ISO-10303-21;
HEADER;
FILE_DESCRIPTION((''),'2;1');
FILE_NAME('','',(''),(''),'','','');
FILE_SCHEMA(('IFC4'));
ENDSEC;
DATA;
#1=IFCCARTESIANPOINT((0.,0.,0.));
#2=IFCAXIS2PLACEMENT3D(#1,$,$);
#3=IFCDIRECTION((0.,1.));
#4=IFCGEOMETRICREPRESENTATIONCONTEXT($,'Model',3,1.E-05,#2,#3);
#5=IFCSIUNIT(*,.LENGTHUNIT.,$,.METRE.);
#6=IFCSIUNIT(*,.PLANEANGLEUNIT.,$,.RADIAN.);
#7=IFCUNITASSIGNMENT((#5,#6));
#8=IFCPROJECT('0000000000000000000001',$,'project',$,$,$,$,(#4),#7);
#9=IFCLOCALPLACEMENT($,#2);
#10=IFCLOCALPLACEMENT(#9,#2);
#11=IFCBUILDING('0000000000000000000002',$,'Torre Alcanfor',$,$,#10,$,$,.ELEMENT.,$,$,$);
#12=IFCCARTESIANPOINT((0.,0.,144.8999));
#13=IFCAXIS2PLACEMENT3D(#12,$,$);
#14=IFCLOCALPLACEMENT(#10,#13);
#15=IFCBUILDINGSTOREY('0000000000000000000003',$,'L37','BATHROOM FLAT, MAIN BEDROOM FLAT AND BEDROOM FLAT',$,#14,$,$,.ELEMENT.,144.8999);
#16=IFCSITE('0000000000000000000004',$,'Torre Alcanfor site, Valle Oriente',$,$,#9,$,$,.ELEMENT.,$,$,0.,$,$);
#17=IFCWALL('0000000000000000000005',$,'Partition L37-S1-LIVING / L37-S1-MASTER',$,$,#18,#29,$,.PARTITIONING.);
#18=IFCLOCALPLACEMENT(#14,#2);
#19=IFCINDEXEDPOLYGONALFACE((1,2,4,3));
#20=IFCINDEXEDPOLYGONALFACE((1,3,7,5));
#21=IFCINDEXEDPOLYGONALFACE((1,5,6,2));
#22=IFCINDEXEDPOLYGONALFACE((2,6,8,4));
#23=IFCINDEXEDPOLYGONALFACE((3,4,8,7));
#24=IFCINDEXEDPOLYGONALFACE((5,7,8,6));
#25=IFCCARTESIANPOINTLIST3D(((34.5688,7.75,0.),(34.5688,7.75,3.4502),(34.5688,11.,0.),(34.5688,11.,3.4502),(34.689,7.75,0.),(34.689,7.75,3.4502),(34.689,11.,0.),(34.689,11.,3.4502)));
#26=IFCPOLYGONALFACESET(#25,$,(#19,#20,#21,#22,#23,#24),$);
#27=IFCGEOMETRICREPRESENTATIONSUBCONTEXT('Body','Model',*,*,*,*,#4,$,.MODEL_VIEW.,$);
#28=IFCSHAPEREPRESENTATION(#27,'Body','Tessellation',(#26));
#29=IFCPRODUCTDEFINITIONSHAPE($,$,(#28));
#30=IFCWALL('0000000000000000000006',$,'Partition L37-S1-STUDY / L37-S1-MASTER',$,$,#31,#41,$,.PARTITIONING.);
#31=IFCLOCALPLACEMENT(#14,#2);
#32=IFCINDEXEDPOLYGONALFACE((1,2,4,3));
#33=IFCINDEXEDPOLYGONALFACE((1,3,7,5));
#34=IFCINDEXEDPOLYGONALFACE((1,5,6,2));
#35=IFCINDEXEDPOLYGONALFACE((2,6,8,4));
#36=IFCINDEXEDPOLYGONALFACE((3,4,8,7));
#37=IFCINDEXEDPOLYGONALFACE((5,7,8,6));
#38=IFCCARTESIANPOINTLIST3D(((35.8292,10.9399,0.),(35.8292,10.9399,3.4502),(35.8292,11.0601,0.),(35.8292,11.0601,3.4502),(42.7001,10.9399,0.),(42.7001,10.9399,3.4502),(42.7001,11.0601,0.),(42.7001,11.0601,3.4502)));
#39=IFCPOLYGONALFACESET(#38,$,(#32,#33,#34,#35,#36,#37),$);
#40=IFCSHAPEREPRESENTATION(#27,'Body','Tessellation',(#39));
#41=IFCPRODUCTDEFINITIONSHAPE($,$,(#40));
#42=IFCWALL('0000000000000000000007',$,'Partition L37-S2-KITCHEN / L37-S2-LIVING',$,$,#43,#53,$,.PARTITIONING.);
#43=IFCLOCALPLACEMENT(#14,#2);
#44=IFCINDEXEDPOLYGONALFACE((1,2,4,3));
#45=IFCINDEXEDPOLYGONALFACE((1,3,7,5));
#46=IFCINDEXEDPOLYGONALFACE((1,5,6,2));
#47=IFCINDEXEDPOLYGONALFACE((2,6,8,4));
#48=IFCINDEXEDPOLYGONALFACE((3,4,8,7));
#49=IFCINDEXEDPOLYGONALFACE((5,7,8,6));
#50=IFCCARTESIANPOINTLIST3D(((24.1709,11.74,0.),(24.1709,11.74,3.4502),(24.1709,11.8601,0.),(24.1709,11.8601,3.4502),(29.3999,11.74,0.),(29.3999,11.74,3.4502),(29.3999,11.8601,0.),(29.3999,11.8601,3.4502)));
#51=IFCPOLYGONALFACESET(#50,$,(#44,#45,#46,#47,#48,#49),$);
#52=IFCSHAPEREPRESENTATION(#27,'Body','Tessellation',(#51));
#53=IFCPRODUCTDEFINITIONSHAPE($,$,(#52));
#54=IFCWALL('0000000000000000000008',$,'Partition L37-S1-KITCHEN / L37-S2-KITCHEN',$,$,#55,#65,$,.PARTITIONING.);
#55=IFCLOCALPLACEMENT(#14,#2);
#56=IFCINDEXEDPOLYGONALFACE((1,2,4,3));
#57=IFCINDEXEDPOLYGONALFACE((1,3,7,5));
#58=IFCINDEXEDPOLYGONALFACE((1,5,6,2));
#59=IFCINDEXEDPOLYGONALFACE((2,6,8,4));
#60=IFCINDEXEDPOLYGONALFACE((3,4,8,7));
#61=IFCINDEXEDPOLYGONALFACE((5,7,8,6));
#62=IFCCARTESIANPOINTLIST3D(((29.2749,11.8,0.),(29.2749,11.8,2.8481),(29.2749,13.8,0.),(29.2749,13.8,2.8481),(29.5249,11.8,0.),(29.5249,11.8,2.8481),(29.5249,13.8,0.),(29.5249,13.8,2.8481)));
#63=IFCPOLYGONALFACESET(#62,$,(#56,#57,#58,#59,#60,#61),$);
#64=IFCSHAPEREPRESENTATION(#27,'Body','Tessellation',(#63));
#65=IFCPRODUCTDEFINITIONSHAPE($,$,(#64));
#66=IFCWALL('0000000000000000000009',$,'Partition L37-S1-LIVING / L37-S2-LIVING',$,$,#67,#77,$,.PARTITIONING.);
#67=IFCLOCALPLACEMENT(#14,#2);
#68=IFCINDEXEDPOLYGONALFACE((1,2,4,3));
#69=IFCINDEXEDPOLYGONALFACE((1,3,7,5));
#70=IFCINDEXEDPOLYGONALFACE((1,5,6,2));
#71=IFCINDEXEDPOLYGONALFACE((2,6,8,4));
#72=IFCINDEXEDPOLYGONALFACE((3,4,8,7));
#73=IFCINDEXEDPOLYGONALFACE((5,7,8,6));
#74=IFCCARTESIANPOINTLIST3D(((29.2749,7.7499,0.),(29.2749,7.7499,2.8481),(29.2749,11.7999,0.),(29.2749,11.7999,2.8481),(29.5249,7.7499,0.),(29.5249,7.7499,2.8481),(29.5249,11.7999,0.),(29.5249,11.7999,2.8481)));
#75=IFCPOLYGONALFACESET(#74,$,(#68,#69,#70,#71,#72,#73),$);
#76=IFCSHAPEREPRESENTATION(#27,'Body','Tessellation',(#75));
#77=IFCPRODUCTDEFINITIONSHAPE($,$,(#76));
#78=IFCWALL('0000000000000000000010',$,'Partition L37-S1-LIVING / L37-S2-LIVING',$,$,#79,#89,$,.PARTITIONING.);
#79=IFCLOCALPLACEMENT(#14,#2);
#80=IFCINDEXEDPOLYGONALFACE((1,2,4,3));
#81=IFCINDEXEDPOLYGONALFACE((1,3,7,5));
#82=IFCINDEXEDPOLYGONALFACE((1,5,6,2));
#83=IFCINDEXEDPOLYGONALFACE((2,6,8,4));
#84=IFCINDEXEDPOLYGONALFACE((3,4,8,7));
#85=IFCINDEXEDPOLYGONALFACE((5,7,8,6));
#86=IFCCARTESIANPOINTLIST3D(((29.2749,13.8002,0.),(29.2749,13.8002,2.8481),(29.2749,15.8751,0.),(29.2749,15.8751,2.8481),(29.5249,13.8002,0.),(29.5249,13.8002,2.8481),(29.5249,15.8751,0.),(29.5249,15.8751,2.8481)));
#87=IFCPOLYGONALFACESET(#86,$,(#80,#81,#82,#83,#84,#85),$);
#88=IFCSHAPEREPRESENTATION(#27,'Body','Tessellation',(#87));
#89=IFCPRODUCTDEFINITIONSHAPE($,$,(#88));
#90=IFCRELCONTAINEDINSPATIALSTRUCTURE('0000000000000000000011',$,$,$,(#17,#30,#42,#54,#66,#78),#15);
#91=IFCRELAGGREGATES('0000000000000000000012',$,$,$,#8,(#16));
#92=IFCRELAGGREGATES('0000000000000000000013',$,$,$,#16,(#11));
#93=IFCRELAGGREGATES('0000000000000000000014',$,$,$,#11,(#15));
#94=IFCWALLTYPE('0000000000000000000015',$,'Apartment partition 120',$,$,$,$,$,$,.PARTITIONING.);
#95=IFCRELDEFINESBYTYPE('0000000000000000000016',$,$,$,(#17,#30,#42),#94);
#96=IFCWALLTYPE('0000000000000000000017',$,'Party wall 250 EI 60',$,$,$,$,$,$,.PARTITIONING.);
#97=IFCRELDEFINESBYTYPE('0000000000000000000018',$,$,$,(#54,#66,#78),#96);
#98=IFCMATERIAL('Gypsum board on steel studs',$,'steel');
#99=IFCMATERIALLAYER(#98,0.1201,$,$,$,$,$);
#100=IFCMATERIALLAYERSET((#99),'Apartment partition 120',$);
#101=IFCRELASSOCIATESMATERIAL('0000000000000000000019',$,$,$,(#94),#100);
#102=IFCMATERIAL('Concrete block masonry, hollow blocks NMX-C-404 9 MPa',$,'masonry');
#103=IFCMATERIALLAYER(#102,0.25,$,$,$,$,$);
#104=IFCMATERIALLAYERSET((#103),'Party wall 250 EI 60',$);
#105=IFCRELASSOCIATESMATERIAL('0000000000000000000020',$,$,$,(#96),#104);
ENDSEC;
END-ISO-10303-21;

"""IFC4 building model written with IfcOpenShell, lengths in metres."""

from ifc_helpers import new_model, si_unit, direction, frame, frame_2d, origin, place, context, subcontext, project, spatial, rectangle, extrude, material, layer, layer_set, type_object, element, save


model = new_model("IFC4")

# Units and contexts
model_context = context("Model", 3, precision=1e-05, world=origin(), true_north=direction((0.0, 1.0)))
body_context = subcontext(model_context, "Body", "Model", "MODEL_VIEW")
ifc_project = project(units=[si_unit("LENGTHUNIT", "METRE"), si_unit("PLANEANGLEUNIT", "RADIAN")], contexts=[model_context])

# Site, building, storey
site_placement = place(None, origin())
site = spatial("IfcSite", under=ifc_project, at=site_placement, Name="Torre Alcanfor site, Valle Oriente", CompositionType="ELEMENT", RefElevation=0.0)
building_placement = place(site_placement, origin())
building = spatial("IfcBuilding", under=site, at=building_placement, Name="Torre Alcanfor", CompositionType="ELEMENT")
storey_placement = place(building_placement, frame((0.0, 0.0, 144.8999)))
storey = spatial("IfcBuildingStorey", under=building, at=storey_placement, Name="L37", Description="BATHROOM FLAT, MAIN BEDROOM FLAT AND BEDROOM FLAT", CompositionType="ELEMENT", Elevation=144.8999)

# Shared definitions
ifc_material_1 = material(Name="Gypsum board on steel studs", Category="steel")
ifc_layer_1 = layer(ifc_material_1, 0.1201)
ifc_layer_set_1 = layer_set([ifc_layer_1], Name="Apartment partition 120")
wall_type_1 = type_object("IfcWallType", Name="Apartment partition 120", PredefinedType="PARTITIONING", material=ifc_layer_set_1)

# Walls
wall_1_placement = place(storey_placement, frame((34.6289, 11.0, 0.0), z_axis=(0.0, 0.0, 1.0), x_axis=(0.0, -1.0, 0.0)))
element("IfcWall", 1, at=wall_1_placement, inside=storey, type_object=wall_type_1, Name="Partition L37-S1-LIVING / L37-S1-MASTER", PredefinedType="PARTITIONING", context=body_context, shape_type="SweptSolid", body=[
    extrude(rectangle(XDim=3.25, YDim=0.1201, at=frame_2d((1.625, 0.0))), origin(), (0.0, 0.0, 1.0), 3.4502),
])
wall_2_placement = place(storey_placement, frame((35.8291, 11.0, 0.0), z_axis=(0.0, 0.0, 1.0), x_axis=(1.0, 0.0, 0.0)))
element("IfcWall", 2, at=wall_2_placement, inside=storey, type_object=wall_type_1, Name="Partition L37-S1-STUDY / L37-S1-MASTER", PredefinedType="PARTITIONING", context=body_context, shape_type="SweptSolid", body=[
    extrude(rectangle(XDim=6.8708, YDim=0.1201, at=frame_2d((3.4355, 0.0))), origin(), (0.0, 0.0, 1.0), 3.4502),
])
wall_3_placement = place(storey_placement, frame((29.3999, 11.8, 0.0), z_axis=(0.0, 0.0, 1.0), x_axis=(-1.0, 0.0, 0.0)))
element("IfcWall", 3, at=wall_3_placement, inside=storey, type_object=wall_type_1, Name="Partition L37-S2-KITCHEN / L37-S2-LIVING", PredefinedType="PARTITIONING", context=body_context, shape_type="SweptSolid", body=[
    extrude(rectangle(XDim=5.229, YDim=0.1201, at=frame_2d((2.6145, 0.0))), origin(), (0.0, 0.0, 1.0), 3.4502),
])
ifc_material_2 = material(Name="Concrete block masonry, hollow blocks NMX-C-404 9 MPa", Category="masonry")
ifc_layer_2 = layer(ifc_material_2, 0.25)
ifc_layer_set_2 = layer_set([ifc_layer_2], Name="Party wall 250 EI 60")
wall_type_2 = type_object("IfcWallType", Name="Party wall 250 EI 60", PredefinedType="PARTITIONING", material=ifc_layer_set_2)
wall_4_placement = place(storey_placement, frame((29.3999, 13.8, 0.0), z_axis=(0.0, 0.0, 1.0), x_axis=(0.0, -1.0, 0.0)))
element("IfcWall", 4, at=wall_4_placement, inside=storey, type_object=wall_type_2, Name="Partition L37-S1-KITCHEN / L37-S2-KITCHEN", PredefinedType="PARTITIONING", context=body_context, shape_type="SweptSolid", body=[
    extrude(rectangle(XDim=2.0, YDim=0.25, at=frame_2d((1.0, 0.0))), origin(), (0.0, 0.0, 1.0), 2.8481),
])
wall_5_placement = place(storey_placement, frame((29.3999, 7.75, 0.0), z_axis=(0.0, 0.0, 1.0), x_axis=(0.0, 1.0, 0.0)))
element("IfcWall", 5, at=wall_5_placement, inside=storey, type_object=wall_type_2, Name="Partition L37-S1-LIVING / L37-S2-LIVING", PredefinedType="PARTITIONING", context=body_context, shape_type="SweptSolid", body=[
    extrude(rectangle(XDim=4.05, YDim=0.25, at=frame_2d((2.0249, 0.0))), origin(), (0.0, 0.0, 1.0), 2.8481),
])
wall_6_placement = place(storey_placement, frame((29.3999, 13.8, 0.0), z_axis=(0.0, 0.0, 1.0), x_axis=(0.0, 1.0, 0.0)))
element("IfcWall", 6, at=wall_6_placement, inside=storey, type_object=wall_type_2, Name="Partition L37-S1-LIVING / L37-S2-LIVING", PredefinedType="PARTITIONING", context=body_context, shape_type="SweptSolid", body=[
    extrude(rectangle(XDim=2.075, YDim=0.25, at=frame_2d((1.0376, 0.0))), origin(), (0.0, 0.0, 1.0), 2.8481),
])

save(model, "model.ifc")
